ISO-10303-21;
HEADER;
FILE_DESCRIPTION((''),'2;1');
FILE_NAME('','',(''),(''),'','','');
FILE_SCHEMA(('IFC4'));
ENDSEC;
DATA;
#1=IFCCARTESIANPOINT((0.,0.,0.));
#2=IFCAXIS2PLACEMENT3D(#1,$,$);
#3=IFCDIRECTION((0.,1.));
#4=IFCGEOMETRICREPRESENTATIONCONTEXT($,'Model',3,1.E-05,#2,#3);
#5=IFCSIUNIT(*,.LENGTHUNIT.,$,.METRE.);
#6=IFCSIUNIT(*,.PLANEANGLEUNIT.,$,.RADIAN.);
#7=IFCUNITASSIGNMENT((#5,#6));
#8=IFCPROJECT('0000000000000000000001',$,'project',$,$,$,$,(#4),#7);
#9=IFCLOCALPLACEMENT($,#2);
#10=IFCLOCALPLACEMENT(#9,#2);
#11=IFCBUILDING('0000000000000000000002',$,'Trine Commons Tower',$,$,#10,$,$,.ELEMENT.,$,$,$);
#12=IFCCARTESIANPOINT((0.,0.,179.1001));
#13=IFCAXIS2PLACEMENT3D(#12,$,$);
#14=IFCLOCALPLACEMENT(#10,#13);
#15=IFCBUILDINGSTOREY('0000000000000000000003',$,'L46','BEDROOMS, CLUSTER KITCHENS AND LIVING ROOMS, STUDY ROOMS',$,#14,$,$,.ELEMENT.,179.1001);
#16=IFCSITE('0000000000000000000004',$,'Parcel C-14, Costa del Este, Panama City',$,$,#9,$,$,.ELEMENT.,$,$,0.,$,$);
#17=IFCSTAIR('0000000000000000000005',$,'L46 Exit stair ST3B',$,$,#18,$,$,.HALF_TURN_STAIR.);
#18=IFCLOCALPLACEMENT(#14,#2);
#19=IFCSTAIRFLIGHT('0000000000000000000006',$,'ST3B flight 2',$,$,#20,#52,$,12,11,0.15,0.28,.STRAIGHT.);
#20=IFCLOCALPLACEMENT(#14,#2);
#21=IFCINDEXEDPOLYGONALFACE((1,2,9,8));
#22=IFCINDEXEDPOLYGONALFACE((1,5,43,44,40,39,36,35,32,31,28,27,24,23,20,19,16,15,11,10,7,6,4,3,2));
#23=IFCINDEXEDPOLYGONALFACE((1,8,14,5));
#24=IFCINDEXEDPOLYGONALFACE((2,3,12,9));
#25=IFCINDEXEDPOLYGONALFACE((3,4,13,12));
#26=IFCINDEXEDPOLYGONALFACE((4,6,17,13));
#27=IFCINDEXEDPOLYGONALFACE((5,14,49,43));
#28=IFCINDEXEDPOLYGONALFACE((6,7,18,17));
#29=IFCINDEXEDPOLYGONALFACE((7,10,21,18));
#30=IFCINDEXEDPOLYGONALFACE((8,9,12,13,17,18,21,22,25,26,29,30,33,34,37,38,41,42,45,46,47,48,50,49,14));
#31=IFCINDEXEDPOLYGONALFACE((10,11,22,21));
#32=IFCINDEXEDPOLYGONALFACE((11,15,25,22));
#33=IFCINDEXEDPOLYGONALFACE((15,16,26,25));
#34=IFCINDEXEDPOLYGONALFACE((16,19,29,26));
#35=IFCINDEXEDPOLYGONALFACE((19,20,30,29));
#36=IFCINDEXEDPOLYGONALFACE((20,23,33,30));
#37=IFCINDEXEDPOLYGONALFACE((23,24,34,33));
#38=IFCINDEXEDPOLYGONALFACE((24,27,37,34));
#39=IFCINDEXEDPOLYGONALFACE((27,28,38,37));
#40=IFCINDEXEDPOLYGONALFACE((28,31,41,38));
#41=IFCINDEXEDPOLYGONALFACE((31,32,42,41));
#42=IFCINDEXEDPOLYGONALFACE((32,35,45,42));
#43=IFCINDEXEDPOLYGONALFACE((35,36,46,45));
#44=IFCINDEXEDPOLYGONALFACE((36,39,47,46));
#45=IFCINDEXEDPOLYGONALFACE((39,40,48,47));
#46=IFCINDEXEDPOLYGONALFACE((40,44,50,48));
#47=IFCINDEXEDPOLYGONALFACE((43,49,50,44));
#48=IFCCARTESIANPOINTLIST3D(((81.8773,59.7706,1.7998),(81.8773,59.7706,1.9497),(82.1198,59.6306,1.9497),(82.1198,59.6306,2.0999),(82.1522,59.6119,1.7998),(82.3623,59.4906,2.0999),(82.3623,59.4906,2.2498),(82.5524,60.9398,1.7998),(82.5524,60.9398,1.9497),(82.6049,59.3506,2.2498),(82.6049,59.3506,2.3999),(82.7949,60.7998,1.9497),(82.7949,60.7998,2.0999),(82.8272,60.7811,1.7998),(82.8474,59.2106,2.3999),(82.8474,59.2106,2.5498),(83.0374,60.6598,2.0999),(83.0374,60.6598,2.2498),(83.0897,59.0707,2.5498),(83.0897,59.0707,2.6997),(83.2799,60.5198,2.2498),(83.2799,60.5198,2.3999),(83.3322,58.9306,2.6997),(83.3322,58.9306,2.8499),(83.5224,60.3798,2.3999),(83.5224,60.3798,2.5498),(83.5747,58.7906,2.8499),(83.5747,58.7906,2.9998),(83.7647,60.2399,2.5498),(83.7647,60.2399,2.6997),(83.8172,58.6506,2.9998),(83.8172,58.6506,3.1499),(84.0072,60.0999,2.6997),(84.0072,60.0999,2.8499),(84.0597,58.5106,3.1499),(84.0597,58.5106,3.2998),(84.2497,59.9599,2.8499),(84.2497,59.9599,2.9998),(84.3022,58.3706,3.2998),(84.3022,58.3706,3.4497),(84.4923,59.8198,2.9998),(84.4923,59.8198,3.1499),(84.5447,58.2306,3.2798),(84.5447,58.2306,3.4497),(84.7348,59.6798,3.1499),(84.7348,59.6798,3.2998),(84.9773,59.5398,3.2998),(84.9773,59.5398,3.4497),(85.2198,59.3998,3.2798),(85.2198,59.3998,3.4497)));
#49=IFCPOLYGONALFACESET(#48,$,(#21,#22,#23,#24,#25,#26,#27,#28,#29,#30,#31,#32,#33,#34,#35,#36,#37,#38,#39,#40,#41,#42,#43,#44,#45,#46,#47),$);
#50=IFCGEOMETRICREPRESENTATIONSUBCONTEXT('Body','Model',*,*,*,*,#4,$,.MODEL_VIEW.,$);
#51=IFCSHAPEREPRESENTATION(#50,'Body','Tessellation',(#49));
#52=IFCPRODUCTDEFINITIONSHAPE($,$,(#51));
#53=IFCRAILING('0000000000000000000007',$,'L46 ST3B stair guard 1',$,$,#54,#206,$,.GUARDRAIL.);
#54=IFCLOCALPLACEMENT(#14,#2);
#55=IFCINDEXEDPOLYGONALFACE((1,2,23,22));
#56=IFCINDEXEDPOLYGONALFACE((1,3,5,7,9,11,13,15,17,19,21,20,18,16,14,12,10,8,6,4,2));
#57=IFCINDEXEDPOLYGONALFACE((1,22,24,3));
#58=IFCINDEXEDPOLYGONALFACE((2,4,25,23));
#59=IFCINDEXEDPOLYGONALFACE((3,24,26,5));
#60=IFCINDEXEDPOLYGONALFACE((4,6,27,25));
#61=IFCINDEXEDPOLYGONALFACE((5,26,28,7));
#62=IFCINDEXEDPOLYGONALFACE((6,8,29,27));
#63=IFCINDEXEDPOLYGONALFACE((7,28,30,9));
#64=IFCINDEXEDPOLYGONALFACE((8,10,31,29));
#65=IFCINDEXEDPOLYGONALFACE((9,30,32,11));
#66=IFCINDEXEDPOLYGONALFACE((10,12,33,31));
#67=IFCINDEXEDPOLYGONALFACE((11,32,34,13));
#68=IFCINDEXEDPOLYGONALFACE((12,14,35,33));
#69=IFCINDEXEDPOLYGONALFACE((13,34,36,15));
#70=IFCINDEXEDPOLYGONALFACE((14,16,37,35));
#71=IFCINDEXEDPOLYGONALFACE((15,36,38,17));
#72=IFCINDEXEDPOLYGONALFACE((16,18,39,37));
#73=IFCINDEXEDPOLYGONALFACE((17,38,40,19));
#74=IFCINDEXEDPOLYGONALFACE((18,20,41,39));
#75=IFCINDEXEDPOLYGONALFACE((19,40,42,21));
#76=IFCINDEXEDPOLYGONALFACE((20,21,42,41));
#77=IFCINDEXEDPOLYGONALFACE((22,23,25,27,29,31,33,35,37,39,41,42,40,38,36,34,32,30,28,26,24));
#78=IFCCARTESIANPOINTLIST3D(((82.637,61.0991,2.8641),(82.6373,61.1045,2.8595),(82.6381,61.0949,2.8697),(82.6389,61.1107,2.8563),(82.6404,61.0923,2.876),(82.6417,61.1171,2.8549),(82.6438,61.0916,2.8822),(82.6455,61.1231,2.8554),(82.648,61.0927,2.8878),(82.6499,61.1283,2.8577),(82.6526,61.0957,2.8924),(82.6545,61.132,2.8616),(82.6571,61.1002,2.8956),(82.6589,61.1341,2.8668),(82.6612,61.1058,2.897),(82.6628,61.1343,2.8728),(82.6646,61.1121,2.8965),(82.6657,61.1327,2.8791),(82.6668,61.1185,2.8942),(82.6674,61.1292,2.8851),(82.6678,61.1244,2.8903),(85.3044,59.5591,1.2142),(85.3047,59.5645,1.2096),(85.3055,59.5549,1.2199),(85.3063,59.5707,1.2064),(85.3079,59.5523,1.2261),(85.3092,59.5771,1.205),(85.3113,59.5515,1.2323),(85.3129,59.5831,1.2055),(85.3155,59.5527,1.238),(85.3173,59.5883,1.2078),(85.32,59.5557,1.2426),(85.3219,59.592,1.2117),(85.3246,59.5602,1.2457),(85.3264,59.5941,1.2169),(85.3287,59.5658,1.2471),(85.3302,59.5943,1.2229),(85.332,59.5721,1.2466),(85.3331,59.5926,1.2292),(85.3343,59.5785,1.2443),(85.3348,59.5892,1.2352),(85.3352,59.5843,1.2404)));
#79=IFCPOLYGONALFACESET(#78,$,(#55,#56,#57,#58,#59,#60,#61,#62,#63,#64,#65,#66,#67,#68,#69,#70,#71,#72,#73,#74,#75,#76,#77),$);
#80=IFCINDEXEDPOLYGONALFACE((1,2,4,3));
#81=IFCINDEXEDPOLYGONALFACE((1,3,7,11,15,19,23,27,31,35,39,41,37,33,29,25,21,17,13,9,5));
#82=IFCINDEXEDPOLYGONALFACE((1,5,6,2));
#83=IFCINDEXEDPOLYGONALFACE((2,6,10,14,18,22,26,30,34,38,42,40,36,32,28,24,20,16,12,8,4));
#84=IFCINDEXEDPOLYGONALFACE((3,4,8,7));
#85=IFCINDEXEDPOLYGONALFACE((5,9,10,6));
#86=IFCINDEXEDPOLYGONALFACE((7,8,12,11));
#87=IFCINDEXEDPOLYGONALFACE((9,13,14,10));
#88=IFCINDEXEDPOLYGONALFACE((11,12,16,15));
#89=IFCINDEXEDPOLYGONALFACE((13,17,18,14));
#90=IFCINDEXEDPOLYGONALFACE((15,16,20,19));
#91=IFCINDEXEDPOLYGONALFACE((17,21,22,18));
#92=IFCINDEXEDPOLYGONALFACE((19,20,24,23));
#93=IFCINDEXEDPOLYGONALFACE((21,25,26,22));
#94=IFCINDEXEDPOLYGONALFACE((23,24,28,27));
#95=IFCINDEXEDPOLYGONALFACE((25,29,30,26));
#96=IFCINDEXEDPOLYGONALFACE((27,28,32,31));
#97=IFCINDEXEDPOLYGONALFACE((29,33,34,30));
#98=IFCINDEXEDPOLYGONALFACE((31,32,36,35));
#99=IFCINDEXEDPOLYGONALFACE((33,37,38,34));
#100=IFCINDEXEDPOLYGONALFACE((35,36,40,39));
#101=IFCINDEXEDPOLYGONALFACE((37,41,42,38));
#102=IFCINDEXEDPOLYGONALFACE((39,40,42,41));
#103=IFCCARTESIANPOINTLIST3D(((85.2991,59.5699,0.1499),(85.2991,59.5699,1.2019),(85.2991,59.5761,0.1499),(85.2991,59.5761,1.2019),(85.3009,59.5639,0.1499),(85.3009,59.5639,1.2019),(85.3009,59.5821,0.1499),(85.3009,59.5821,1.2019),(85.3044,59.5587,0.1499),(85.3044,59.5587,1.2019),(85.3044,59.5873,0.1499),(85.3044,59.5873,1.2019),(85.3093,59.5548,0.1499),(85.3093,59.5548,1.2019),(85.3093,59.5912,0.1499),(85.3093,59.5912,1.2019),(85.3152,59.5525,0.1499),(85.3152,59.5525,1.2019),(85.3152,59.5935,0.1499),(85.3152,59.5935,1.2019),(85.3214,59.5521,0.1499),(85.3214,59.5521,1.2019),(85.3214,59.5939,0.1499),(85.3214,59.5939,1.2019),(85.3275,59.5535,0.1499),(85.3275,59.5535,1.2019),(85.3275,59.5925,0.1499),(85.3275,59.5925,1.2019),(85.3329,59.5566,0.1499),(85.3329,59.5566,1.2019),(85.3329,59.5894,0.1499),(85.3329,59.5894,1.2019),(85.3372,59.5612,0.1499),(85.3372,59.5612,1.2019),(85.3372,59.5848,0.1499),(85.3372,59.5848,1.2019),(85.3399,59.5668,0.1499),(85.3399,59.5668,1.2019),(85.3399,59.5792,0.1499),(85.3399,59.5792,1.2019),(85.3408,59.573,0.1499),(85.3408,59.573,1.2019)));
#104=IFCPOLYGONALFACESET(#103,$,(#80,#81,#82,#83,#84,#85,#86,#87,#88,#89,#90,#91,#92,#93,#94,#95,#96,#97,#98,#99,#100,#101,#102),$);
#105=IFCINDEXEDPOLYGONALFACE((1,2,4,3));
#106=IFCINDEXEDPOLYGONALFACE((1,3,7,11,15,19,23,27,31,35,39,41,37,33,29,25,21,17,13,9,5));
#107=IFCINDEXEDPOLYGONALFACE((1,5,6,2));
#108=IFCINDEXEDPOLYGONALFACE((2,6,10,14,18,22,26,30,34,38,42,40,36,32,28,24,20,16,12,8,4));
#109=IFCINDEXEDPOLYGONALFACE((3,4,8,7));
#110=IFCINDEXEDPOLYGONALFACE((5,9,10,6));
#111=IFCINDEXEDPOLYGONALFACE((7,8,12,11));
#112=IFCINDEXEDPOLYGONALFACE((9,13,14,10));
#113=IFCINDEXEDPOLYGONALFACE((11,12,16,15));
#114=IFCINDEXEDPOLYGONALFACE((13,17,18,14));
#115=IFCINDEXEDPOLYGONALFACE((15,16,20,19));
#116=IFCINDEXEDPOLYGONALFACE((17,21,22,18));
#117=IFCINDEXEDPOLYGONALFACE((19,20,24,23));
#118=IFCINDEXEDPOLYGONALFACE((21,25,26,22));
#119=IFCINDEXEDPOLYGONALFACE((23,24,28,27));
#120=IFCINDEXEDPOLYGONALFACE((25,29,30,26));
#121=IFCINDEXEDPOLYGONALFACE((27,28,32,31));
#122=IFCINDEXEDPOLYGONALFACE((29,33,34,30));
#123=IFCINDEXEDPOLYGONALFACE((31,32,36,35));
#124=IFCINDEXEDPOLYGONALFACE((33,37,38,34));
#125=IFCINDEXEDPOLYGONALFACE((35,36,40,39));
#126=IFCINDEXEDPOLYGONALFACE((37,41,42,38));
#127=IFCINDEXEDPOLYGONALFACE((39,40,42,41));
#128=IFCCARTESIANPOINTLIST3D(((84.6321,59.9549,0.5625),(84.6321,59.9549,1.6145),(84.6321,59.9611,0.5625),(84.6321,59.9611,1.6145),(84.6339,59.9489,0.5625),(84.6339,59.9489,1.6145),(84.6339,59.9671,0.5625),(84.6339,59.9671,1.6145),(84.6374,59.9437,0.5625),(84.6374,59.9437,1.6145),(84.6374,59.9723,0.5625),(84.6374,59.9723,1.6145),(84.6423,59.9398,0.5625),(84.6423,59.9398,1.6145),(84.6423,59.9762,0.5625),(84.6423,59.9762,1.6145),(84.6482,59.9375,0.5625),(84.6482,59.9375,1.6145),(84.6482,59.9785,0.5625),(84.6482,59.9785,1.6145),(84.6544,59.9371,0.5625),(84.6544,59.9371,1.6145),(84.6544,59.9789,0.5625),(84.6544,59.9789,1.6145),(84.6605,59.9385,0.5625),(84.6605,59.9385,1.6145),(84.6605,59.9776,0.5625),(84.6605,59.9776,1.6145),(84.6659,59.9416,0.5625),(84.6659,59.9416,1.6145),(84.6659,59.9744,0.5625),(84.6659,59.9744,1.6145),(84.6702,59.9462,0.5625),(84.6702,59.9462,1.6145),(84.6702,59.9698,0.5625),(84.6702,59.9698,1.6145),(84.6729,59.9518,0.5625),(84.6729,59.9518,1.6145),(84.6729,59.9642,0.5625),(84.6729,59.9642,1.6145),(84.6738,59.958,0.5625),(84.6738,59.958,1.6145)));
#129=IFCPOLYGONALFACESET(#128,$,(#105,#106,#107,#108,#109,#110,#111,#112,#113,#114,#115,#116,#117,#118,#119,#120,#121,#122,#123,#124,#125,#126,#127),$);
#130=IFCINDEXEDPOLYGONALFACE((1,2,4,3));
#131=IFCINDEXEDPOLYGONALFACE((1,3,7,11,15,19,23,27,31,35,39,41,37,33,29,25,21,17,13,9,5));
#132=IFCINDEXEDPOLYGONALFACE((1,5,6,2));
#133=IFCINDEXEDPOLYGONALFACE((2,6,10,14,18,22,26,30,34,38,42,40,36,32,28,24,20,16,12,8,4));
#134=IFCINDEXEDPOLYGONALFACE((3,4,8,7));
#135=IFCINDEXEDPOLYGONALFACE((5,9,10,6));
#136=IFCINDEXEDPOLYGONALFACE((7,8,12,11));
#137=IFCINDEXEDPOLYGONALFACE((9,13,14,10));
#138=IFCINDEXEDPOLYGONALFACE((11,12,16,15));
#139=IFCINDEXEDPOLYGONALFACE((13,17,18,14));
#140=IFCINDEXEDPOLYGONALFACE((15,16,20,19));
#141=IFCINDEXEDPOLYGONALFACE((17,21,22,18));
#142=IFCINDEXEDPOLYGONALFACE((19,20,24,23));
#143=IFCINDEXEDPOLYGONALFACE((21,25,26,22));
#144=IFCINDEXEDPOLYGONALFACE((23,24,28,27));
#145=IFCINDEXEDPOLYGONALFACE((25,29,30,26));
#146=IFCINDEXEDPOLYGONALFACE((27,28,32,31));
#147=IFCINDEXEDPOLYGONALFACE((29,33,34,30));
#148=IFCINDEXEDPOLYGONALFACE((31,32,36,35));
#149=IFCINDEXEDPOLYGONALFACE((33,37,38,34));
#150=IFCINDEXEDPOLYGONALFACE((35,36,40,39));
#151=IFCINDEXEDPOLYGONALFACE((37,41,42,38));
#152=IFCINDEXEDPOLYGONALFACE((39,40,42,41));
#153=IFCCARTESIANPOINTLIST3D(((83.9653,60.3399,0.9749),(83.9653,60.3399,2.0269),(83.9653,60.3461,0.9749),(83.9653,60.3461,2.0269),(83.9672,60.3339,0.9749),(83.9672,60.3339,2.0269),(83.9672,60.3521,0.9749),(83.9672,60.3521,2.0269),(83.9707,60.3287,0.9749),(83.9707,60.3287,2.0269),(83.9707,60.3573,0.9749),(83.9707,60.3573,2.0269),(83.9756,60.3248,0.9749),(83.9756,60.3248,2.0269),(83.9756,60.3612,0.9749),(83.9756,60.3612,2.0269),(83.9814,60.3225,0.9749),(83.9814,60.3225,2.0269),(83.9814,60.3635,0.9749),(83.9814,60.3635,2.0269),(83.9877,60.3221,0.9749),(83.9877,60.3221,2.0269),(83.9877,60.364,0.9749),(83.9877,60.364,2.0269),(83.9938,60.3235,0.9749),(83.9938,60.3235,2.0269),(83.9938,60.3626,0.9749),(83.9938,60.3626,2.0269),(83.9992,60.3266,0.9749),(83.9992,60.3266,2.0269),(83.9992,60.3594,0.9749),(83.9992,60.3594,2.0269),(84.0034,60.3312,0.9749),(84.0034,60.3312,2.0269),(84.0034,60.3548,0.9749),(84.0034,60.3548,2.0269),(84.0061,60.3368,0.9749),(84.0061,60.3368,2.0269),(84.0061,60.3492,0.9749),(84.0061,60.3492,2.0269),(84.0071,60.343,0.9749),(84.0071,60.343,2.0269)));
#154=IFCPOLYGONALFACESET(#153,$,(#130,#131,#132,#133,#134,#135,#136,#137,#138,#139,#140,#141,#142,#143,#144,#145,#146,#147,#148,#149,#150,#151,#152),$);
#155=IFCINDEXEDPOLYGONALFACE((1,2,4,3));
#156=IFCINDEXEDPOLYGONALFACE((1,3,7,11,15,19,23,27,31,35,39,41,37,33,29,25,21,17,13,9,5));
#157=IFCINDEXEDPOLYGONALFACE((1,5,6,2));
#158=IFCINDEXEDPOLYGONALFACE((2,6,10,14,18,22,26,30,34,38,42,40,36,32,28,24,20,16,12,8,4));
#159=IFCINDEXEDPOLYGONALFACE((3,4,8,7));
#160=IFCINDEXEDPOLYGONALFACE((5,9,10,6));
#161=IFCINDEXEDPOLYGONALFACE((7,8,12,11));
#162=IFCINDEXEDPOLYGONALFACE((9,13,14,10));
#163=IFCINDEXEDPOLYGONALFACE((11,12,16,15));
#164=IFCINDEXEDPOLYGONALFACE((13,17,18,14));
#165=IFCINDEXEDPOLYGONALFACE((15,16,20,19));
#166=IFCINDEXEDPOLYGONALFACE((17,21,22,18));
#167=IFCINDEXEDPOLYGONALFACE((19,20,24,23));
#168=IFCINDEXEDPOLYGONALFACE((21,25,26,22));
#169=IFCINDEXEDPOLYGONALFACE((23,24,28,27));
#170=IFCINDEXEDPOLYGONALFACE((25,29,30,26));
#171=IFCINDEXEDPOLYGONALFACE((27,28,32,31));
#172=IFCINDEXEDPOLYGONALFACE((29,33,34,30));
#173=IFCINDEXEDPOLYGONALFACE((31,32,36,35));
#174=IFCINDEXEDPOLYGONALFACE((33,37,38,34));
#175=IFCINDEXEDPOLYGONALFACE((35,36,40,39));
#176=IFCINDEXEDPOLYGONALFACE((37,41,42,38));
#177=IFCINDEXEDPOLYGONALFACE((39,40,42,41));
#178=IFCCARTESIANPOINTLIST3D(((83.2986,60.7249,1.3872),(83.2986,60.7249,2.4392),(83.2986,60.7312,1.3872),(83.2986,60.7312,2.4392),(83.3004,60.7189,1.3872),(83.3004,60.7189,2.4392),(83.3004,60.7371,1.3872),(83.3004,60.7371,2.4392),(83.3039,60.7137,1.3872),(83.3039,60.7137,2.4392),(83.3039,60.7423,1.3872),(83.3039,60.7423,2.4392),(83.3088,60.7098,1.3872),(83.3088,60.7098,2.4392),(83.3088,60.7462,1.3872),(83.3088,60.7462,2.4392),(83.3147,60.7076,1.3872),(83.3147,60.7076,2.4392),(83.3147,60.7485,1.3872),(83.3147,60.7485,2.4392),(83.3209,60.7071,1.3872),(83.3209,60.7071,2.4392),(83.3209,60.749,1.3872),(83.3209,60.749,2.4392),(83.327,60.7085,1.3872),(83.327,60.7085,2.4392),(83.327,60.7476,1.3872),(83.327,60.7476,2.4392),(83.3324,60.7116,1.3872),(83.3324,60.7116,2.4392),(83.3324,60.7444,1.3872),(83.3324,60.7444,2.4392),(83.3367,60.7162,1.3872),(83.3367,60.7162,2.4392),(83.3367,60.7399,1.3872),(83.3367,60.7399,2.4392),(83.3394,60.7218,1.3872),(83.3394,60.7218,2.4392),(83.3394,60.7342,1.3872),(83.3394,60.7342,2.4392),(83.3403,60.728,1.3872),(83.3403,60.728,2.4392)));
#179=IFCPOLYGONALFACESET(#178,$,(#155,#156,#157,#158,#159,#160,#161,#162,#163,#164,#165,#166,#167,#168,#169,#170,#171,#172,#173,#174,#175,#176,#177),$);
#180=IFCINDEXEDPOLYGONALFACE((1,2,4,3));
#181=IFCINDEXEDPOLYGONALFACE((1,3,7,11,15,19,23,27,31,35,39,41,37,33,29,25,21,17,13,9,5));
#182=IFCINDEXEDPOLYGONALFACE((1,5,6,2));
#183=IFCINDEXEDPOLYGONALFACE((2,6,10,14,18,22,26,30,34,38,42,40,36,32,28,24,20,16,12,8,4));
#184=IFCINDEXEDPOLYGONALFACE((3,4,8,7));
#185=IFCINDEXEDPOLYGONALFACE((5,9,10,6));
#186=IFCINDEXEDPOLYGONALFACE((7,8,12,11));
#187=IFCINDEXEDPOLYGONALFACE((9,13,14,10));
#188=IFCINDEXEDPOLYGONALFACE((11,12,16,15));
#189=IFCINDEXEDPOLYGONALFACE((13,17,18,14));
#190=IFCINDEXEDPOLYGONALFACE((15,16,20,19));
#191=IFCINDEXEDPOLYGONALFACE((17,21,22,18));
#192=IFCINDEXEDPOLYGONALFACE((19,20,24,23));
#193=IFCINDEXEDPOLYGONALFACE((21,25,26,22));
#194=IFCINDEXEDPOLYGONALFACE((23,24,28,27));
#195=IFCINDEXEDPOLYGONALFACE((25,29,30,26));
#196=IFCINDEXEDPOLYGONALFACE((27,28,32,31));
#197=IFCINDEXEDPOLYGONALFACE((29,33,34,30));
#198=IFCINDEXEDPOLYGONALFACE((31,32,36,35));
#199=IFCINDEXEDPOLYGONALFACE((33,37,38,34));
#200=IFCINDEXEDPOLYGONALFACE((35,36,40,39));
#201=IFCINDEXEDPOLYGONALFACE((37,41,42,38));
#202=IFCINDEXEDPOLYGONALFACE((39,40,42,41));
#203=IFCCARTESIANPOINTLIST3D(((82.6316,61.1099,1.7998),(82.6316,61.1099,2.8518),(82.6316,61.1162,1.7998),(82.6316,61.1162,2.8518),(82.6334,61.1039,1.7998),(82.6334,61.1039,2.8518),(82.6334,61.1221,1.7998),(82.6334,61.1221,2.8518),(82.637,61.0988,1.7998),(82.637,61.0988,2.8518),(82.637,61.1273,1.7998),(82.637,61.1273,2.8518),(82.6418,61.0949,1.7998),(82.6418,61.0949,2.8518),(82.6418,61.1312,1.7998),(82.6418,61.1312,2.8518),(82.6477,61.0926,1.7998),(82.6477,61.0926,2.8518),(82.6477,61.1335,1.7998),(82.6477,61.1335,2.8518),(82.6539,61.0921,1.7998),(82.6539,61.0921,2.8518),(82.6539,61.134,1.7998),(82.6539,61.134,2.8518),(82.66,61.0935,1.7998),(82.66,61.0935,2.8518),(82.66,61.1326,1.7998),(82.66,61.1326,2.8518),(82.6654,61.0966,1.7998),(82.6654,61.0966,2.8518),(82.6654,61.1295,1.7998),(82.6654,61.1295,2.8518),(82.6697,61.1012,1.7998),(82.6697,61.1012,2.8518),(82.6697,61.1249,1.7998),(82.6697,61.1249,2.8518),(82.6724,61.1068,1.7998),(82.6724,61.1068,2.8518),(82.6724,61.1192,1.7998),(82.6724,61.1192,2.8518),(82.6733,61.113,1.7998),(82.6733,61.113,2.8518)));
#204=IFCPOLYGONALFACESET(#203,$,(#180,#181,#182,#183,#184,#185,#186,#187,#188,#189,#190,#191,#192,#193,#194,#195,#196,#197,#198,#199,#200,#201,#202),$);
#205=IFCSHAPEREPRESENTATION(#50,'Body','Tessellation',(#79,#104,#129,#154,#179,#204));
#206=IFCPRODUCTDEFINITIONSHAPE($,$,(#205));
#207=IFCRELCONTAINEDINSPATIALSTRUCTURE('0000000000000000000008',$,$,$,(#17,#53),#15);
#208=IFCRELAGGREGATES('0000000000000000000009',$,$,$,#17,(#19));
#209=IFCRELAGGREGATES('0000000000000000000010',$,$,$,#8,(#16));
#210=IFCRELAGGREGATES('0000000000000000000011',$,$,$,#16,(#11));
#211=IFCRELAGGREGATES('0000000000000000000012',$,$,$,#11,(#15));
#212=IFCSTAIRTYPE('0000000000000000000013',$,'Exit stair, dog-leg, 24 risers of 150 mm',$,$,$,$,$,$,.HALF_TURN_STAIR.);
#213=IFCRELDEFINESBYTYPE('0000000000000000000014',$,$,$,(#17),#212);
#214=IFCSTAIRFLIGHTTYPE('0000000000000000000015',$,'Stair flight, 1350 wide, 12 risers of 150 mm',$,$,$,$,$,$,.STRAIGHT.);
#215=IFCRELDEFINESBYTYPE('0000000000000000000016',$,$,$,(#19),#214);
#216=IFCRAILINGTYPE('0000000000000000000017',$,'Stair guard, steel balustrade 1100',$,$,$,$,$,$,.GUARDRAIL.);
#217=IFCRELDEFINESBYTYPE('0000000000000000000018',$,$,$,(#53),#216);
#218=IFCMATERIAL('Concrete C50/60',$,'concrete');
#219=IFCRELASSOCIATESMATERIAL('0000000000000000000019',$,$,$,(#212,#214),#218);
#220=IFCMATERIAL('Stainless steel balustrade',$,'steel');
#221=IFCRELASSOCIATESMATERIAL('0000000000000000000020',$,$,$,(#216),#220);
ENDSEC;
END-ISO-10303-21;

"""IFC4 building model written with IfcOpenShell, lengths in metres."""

from ifc_helpers import new_model, si_unit, direction, frame, origin, origin_2d, place, context, subcontext, project, spatial, polyline, circle, outline, extrude, material, type_object, element, aggregate, save


model = new_model("IFC4")

# Units and contexts
model_context = context("Model", 3, precision=1e-05, world=origin(), true_north=direction((0.0, 1.0)))
body_context = subcontext(model_context, "Body", "Model", "MODEL_VIEW")
ifc_project = project(units=[si_unit("LENGTHUNIT", "METRE"), si_unit("PLANEANGLEUNIT", "RADIAN")], contexts=[model_context])

# Site, building, storey
site_placement = place(None, origin())
site = spatial("IfcSite", under=ifc_project, at=site_placement, Name="Parcel C-14, Costa del Este, Panama City", CompositionType="ELEMENT", RefElevation=0.0)
building_placement = place(site_placement, origin())
building = spatial("IfcBuilding", under=site, at=building_placement, Name="Trine Commons Tower", CompositionType="ELEMENT")
storey_placement = place(building_placement, frame((0.0, 0.0, 179.1001)))
storey = spatial("IfcBuildingStorey", under=building, at=storey_placement, Name="L46", Description="BEDROOMS, CLUSTER KITCHENS AND LIVING ROOMS, STUDY ROOMS", CompositionType="ELEMENT", Elevation=179.1001)

# Stair, stair flight
ifc_material_1 = material(Name="Concrete C50/60", Category="concrete")
stair_type = type_object("IfcStairType", Name="Exit stair, dog-leg, 24 risers of 150 mm", PredefinedType="HALF_TURN_STAIR", material=ifc_material_1)
stair_placement = place(storey_placement, origin())
stair = element("IfcStair", 1, at=stair_placement, inside=storey, type_object=stair_type, Name="L46 Exit stair ST3B", PredefinedType="HALF_TURN_STAIR")
stair_flight_type = type_object("IfcStairFlightType", Name="Stair flight, 1350 wide, 12 risers of 150 mm", PredefinedType="STRAIGHT", material=ifc_material_1)
stair_flight_1_placement = place(storey_placement, frame((82.2148, 60.3552, 1.7998), z_axis=(0.0, 0.0, 1.0), x_axis=(0.866025, -0.5, 0.0)))
stair_flight_1 = element("IfcStairFlight", 2, at=stair_flight_1_placement, type_object=stair_flight_type, Name="ST3B flight 2", NumberOfRisers=12, NumberOfTreads=11, PredefinedType="STRAIGHT", RiserHeight=0.15, TreadLength=0.28, context=body_context, shape_type="SweptSolid", body=[
    extrude(outline(polyline([(0.0, 0.0), (0.0, 0.1499), (0.28, 0.1499), (0.28, 0.3), (0.5601, 0.3), (0.5601, 0.45), (0.8401, 0.45), (0.8401, 0.6001), (1.1201, 0.6001), (1.1201, 0.75), (1.3999, 0.75), (1.3999, 0.8999), (1.6799, 0.8999), (1.6799, 1.05), (1.96, 1.05), (1.96, 1.2), (2.24, 1.2), (2.24, 1.3501), (2.52, 1.3501), (2.52, 1.5), (2.8, 1.5), (2.8, 1.6499), (3.0801, 1.6499), (3.0801, 1.8), (3.0801, 1.48), (0.3174, 0.0), (0.0, 0.0)])), frame((0.0, 0.675, 0.0), z_axis=(0.0, -1.0, 0.0), x_axis=(1.0, 0.0, 0.0)), (0.0, 0.0, 1.0), 1.3501),
])
aggregate(stair, [stair_flight_1])

# Railing
ifc_material_2 = material(Name="Stainless steel balustrade", Category="steel")
railing_type_1 = type_object("IfcRailingType", Name="Stair guard, steel balustrade 1100", PredefinedType="GUARDRAIL", material=ifc_material_2)
railing_1_placement = place(storey_placement, frame((85.3198, 59.573, 0.1499)))
element("IfcRailing", 3, at=railing_1_placement, inside=storey, type_object=railing_type_1, Name="L46 ST3B stair guard 1", PredefinedType="GUARDRAIL", context=body_context, shape_type="SweptSolid", body=[
    extrude(circle(Radius=0.0239, at=origin_2d()), frame((0.0, 0.0, 1.0762), z_axis=(-0.763405, 0.440743, 0.472185), x_axis=(-0.499992, -0.86603, 0.0)), (0.0, 0.0, 1.0), 3.4941),
    extrude(circle(Radius=0.021, at=origin_2d()), origin(), (0.0, 0.0, 1.0), 1.052),
    extrude(circle(Radius=0.021, at=origin_2d()), frame((-0.667, 0.385, 0.4126)), (0.0, 0.0, 1.0), 1.052),
    extrude(circle(Radius=0.021, at=origin_2d()), frame((-1.3337, 0.77, 0.825)), (0.0, 0.0, 1.0), 1.052),
    extrude(circle(Radius=0.021, at=origin_2d()), frame((-2.0005, 1.155, 1.2373)), (0.0, 0.0, 1.0), 1.052),
    extrude(circle(Radius=0.021, at=origin_2d()), frame((-2.6675, 1.54, 1.6499)), (0.0, 0.0, 1.0), 1.052),
])

save(model, "model.ifc")
